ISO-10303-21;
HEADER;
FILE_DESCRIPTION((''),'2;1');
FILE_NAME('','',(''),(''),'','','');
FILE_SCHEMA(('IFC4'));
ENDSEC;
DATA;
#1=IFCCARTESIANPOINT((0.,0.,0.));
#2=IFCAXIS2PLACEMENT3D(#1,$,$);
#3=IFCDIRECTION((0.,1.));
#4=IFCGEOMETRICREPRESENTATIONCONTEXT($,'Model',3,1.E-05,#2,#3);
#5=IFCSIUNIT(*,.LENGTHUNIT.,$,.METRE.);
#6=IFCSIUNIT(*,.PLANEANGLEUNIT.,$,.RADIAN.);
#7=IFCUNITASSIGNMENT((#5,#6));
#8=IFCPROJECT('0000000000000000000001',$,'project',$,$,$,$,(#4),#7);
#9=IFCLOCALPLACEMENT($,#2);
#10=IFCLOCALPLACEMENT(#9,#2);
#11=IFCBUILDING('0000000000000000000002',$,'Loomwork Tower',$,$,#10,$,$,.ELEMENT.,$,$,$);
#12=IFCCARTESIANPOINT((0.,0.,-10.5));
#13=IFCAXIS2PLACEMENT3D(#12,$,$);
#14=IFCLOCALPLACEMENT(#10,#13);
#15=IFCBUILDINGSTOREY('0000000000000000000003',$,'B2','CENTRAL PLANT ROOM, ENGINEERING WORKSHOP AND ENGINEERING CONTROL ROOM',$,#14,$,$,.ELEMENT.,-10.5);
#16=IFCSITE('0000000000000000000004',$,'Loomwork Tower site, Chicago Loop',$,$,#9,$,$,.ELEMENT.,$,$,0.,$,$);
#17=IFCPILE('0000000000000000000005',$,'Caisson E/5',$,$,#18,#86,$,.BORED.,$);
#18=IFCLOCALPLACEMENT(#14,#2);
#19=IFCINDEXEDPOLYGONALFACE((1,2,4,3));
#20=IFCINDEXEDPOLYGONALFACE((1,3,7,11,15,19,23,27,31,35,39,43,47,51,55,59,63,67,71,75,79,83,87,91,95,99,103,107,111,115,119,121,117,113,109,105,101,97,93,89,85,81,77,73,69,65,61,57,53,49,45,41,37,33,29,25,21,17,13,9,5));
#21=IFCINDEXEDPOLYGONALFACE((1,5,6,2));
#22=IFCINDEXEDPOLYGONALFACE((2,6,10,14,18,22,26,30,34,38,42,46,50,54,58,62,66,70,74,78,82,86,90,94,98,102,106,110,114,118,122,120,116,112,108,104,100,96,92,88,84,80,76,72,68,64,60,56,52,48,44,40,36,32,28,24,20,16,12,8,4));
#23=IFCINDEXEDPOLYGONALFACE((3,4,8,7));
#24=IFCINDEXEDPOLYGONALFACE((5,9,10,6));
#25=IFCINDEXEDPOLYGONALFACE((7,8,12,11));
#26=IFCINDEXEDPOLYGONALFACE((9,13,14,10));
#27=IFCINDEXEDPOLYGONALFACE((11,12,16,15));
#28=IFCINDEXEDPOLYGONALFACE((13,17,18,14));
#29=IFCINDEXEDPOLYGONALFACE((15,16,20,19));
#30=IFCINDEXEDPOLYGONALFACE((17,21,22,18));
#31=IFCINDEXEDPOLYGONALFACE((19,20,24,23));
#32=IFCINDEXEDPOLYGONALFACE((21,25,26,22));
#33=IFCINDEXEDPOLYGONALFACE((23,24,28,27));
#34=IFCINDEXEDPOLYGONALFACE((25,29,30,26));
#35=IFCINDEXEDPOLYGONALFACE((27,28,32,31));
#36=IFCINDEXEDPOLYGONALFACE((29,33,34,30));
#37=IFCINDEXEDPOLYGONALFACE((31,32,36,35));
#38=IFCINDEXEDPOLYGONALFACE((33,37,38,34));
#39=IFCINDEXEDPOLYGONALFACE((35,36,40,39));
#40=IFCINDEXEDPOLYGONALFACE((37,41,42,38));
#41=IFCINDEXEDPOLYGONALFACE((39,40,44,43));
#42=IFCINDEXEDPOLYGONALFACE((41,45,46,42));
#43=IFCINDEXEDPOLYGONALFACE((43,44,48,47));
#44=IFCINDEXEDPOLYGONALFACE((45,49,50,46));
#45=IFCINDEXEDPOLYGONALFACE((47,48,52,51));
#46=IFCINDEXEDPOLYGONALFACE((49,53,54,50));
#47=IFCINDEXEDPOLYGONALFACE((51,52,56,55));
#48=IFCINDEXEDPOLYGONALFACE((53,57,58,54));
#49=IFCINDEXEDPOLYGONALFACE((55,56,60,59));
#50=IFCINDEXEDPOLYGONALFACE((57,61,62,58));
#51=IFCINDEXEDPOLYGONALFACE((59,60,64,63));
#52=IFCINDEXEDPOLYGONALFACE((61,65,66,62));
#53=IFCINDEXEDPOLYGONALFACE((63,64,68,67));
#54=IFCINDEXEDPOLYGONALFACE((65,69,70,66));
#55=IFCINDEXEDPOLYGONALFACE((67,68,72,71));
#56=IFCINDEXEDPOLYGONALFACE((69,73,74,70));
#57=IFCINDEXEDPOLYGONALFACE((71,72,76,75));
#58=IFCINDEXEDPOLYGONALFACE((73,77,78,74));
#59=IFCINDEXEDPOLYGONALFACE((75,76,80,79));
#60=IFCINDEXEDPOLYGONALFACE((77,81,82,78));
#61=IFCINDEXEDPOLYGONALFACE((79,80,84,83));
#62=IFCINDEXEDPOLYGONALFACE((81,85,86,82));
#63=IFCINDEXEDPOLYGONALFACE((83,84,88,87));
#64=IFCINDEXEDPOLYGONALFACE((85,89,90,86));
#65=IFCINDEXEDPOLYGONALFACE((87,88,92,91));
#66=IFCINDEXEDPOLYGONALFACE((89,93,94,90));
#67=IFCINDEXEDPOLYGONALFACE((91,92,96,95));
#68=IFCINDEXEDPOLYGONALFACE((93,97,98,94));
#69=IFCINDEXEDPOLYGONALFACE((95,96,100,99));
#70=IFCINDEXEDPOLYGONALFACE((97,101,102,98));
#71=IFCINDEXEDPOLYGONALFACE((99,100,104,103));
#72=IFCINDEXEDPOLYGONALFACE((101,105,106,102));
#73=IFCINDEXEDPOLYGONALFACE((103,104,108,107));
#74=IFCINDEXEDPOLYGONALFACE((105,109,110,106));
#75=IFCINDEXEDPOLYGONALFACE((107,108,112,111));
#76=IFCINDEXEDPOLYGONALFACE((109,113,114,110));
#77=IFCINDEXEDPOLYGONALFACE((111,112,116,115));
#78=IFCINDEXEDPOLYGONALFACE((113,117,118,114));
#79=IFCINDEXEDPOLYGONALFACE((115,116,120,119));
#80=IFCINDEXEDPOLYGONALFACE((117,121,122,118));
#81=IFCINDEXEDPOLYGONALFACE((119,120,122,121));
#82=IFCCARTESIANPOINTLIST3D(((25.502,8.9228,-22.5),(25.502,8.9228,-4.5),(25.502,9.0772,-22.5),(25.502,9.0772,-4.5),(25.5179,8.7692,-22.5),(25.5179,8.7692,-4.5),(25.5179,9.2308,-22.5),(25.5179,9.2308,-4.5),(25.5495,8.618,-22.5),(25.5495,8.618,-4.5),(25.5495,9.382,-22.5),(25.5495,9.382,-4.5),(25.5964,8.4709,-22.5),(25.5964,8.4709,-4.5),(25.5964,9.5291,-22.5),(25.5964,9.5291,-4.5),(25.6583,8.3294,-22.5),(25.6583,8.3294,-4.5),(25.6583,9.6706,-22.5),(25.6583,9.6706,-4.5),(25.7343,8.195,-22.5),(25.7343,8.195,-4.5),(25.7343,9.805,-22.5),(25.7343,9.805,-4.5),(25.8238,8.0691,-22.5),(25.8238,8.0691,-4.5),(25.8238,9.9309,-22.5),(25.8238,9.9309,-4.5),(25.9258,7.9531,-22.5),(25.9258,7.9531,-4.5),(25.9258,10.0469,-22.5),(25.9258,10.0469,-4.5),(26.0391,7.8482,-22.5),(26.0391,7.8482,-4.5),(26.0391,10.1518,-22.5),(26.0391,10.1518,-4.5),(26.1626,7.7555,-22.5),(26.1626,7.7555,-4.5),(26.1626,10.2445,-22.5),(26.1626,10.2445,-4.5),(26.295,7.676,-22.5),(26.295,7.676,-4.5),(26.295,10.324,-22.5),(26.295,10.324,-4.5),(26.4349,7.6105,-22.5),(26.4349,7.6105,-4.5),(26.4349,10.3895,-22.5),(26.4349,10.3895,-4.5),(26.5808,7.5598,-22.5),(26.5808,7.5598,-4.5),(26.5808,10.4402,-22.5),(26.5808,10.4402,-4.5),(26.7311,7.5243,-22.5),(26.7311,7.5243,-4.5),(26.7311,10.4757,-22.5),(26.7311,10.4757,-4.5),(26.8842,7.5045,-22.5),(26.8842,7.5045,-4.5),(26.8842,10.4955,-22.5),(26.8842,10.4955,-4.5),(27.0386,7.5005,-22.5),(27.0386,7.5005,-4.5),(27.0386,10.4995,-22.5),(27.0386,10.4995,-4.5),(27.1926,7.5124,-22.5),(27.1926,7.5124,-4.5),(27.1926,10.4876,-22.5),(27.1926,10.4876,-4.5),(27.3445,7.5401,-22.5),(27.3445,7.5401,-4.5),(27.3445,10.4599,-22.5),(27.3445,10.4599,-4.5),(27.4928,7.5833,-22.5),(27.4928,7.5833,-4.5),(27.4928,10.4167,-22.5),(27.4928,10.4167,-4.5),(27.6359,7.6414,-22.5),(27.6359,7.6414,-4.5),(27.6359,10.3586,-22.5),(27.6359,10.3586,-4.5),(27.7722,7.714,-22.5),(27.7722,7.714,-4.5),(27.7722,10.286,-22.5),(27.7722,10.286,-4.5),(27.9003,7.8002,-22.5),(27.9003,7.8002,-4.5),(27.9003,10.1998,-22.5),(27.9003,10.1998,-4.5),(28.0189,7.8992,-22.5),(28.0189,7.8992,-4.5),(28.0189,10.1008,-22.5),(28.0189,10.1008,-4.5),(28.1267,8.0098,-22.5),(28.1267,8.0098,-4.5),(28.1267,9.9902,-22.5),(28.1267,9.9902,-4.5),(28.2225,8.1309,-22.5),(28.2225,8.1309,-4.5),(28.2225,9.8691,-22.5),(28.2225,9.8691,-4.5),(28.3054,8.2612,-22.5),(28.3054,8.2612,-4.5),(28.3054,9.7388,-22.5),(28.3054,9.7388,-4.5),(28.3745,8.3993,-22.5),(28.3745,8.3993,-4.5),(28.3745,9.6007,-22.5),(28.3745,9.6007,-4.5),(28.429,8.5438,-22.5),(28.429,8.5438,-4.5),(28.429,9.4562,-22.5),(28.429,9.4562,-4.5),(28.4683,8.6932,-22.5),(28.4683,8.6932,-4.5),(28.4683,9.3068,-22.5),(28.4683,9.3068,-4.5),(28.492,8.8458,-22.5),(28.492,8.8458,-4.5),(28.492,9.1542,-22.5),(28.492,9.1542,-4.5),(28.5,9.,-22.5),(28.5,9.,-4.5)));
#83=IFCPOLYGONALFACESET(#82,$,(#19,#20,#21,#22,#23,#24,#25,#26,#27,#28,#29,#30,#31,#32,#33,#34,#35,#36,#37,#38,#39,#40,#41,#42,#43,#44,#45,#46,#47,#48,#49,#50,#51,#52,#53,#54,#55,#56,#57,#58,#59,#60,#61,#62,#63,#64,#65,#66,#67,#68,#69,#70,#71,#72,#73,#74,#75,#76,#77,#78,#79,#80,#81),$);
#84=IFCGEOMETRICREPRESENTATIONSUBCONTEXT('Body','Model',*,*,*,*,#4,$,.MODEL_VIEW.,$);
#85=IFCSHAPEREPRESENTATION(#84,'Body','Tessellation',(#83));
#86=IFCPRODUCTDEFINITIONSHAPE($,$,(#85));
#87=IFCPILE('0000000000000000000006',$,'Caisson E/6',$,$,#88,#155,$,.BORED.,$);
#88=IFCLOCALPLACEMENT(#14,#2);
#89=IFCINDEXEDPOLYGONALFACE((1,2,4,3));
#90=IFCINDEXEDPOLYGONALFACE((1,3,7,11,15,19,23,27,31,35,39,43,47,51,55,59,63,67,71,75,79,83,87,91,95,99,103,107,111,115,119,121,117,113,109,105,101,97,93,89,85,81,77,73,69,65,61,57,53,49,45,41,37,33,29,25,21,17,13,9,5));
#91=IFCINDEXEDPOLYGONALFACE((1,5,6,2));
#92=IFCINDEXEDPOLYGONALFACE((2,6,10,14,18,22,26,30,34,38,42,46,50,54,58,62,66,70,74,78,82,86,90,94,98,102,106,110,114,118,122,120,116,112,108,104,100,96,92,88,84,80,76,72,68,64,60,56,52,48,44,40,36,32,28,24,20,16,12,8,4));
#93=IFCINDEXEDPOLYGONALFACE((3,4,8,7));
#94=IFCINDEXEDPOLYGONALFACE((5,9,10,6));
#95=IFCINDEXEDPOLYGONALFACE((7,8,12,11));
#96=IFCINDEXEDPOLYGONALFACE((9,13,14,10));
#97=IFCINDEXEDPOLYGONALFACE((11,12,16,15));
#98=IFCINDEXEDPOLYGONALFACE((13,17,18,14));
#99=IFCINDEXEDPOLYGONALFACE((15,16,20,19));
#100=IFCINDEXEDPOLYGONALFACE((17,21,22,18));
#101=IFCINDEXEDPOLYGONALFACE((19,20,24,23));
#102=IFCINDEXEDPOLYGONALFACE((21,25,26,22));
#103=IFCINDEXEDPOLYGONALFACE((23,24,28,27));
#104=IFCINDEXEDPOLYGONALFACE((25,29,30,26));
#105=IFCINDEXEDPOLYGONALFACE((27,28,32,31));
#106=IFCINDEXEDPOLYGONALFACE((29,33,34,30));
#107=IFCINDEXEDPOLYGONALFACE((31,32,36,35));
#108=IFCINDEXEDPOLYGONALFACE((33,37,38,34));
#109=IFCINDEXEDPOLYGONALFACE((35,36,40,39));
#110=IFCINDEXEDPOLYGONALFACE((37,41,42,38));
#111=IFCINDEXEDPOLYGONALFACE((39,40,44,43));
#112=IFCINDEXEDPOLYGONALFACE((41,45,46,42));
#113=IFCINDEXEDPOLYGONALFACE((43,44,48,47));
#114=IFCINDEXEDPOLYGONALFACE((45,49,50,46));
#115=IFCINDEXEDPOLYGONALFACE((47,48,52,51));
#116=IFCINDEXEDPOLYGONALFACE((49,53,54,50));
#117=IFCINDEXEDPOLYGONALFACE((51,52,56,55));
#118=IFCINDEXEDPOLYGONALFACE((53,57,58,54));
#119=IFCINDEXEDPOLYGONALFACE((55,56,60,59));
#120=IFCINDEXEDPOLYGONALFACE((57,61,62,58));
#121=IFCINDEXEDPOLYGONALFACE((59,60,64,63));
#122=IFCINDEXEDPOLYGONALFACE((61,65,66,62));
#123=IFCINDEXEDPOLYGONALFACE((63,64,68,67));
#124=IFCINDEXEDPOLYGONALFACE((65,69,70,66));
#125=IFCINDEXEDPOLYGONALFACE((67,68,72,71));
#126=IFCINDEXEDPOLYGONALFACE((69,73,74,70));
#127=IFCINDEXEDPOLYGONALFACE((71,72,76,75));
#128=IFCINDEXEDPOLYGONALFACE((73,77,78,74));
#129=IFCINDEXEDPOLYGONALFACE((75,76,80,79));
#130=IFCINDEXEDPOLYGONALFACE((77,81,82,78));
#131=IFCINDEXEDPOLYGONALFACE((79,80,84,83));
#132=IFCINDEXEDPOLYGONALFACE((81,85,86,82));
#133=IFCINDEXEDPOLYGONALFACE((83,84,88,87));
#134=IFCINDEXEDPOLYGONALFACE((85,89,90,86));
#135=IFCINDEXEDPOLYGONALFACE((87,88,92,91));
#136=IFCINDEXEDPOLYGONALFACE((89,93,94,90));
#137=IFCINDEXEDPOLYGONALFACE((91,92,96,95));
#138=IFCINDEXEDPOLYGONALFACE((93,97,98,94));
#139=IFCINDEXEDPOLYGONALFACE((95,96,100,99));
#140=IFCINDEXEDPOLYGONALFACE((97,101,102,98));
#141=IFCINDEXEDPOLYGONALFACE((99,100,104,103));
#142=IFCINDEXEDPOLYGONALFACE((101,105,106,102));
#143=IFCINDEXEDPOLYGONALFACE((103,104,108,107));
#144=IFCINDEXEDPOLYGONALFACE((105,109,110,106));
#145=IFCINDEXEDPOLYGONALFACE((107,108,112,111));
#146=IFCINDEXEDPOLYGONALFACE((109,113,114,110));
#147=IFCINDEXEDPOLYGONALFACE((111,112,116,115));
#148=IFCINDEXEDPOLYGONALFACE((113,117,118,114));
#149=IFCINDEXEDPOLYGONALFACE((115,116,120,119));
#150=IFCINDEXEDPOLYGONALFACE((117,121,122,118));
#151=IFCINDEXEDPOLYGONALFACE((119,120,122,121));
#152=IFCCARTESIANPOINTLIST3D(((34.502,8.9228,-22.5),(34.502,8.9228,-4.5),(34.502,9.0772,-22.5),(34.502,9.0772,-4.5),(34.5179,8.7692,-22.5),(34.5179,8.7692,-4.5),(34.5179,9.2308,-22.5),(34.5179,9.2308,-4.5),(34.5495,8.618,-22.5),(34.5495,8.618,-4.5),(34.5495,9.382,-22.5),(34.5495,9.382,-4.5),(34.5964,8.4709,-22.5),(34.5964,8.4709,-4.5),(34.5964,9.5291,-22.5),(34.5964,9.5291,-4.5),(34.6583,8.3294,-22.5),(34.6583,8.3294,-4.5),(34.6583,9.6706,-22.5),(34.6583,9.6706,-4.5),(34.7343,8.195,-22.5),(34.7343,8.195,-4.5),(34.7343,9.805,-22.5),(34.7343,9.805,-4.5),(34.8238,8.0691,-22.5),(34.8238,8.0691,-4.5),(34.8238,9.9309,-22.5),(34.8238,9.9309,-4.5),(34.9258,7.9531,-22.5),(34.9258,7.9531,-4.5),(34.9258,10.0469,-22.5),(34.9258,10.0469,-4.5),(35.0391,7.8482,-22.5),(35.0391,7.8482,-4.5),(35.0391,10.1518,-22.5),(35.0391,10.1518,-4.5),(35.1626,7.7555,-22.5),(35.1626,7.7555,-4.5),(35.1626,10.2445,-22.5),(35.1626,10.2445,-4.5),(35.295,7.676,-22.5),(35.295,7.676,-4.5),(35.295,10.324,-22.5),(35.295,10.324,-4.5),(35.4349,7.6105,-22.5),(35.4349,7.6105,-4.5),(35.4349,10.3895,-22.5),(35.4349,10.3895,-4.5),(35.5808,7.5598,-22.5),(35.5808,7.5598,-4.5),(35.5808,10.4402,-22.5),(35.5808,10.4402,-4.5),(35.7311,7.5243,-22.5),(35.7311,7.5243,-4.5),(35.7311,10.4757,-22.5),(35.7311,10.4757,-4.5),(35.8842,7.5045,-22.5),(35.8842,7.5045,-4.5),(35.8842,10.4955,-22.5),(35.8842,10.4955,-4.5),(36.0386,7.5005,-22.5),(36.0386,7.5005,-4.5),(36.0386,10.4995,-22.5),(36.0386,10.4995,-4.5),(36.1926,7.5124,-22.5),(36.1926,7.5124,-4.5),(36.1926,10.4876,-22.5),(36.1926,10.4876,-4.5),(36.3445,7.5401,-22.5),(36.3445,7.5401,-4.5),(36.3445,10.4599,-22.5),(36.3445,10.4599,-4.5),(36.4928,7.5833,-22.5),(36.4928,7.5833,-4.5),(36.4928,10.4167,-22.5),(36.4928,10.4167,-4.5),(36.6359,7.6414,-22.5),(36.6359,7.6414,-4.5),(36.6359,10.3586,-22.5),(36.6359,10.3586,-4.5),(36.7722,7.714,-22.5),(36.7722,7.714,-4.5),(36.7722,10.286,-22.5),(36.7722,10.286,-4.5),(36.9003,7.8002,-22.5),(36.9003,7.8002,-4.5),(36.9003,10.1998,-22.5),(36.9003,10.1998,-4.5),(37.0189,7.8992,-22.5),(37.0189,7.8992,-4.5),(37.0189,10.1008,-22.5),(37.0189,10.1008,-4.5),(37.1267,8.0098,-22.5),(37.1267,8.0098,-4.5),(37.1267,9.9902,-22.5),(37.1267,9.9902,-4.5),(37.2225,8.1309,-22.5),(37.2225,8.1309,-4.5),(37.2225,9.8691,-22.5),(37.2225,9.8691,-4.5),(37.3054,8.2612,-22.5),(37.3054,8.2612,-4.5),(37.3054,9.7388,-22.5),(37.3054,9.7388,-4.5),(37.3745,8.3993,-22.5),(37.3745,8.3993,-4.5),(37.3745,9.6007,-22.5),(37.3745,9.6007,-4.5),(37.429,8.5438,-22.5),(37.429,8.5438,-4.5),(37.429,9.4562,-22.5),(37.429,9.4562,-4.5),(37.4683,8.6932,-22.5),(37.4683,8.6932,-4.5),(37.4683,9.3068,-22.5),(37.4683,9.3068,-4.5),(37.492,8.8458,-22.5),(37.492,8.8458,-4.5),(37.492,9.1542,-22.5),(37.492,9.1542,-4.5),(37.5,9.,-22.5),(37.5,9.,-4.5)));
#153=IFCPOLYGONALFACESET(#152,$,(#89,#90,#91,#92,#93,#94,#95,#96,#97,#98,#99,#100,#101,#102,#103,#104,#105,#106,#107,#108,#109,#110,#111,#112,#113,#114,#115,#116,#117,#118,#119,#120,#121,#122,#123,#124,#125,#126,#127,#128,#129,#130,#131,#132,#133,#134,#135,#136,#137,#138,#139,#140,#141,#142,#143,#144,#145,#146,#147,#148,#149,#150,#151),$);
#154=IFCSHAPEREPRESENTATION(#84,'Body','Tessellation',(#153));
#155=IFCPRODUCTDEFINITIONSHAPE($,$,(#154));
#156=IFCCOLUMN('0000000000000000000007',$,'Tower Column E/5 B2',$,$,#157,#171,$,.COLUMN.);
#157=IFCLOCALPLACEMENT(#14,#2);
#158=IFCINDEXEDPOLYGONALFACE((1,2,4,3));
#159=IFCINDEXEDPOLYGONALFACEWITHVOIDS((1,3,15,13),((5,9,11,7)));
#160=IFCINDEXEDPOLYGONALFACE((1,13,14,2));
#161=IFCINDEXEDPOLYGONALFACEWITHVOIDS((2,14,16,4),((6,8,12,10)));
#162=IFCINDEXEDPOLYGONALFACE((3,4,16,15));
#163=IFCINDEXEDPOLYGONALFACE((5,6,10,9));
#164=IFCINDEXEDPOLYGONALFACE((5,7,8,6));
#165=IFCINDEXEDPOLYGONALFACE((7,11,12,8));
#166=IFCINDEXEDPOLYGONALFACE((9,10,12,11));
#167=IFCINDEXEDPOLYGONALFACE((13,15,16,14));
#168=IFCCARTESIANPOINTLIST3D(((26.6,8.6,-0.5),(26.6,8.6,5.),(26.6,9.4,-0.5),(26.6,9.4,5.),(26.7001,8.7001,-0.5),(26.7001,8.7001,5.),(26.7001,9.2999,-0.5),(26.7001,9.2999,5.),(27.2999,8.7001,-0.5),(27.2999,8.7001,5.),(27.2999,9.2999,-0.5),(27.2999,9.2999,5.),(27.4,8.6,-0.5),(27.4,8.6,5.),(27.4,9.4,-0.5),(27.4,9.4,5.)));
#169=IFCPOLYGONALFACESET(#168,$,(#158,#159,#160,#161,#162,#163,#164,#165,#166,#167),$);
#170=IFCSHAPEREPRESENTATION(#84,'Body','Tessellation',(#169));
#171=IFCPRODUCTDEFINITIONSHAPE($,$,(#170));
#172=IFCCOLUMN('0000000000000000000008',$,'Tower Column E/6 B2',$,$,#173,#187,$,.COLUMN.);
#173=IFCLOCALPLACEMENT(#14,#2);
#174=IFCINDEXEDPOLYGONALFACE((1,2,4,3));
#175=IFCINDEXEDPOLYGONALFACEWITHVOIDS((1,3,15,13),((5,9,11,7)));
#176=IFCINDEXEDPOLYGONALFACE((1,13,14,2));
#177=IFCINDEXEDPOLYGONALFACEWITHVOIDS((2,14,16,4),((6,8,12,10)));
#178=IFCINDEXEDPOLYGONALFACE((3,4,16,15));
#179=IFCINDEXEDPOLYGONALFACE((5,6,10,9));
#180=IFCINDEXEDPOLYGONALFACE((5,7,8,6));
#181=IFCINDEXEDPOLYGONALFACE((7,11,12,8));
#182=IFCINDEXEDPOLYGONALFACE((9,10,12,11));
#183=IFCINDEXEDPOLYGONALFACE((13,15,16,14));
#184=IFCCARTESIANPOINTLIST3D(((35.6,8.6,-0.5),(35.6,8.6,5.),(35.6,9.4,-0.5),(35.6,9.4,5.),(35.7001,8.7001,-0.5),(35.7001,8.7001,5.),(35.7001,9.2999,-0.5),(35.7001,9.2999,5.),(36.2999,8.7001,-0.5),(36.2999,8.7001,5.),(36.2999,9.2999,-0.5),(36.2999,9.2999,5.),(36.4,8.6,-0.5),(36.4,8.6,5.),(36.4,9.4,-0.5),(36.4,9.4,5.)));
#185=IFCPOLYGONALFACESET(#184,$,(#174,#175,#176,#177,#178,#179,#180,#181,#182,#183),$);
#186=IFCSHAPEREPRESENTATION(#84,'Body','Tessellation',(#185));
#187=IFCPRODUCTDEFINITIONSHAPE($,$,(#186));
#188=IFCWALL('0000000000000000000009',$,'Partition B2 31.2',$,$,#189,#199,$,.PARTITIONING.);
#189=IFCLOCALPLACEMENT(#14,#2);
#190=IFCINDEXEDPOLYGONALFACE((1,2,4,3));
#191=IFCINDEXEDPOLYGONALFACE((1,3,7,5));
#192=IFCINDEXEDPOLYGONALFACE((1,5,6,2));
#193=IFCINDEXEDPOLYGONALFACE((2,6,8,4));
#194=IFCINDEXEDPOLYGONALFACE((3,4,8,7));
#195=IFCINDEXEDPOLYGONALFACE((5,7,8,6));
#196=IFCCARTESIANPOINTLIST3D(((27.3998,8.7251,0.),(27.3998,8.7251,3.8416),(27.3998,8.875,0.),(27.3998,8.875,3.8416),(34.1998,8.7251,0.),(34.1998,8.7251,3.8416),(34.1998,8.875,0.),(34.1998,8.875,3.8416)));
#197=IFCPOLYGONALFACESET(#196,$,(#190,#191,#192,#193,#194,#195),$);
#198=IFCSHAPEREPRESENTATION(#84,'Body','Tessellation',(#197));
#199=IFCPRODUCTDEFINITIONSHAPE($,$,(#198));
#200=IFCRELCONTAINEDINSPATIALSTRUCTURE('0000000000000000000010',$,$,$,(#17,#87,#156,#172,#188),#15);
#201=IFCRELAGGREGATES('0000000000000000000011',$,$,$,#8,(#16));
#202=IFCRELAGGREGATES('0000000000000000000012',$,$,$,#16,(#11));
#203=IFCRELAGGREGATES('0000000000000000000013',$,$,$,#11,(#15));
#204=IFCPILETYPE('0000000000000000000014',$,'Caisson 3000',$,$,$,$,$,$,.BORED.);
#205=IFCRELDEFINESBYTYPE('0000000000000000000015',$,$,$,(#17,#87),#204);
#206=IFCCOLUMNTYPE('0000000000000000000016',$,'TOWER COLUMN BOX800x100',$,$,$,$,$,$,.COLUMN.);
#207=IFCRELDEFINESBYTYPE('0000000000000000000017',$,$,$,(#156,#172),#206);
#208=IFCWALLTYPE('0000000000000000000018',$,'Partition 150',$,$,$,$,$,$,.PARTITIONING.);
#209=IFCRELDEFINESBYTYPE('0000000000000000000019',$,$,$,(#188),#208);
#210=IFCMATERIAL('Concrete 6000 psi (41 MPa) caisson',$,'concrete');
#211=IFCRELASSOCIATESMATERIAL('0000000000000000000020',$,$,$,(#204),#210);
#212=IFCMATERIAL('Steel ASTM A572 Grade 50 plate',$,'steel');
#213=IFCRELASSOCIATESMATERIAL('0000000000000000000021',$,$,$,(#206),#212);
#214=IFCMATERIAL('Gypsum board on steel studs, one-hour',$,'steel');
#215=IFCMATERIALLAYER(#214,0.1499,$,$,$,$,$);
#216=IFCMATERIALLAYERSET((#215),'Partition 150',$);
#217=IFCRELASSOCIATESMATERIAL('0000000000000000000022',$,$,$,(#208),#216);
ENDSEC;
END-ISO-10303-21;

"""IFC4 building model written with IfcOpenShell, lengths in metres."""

from ifc_helpers import new_model, si_unit, direction, frame, frame_2d, origin, origin_2d, place, context, subcontext, project, spatial, rectangle, hollow_rectangle, circle, extrude, material, layer, layer_set, material_profile, profile_set, type_object, element, save


model = new_model("IFC4")

# Units and contexts
model_context = context("Model", 3, precision=1e-05, world=origin(), true_north=direction((0.0, 1.0)))
body_context = subcontext(model_context, "Body", "Model", "MODEL_VIEW")
ifc_project = project(units=[si_unit("LENGTHUNIT", "METRE"), si_unit("PLANEANGLEUNIT", "RADIAN")], contexts=[model_context])

# Site, building, storey
site_placement = place(None, origin())
site = spatial("IfcSite", under=ifc_project, at=site_placement, Name="Loomwork Tower site, Chicago Loop", CompositionType="ELEMENT", RefElevation=0.0)
building_placement = place(site_placement, origin())
building = spatial("IfcBuilding", under=site, at=building_placement, Name="Loomwork Tower", CompositionType="ELEMENT")
storey_placement = place(building_placement, frame((0.0, 0.0, -10.5)))
storey = spatial("IfcBuildingStorey", under=building, at=storey_placement, Name="B2", Description="CENTRAL PLANT ROOM, ENGINEERING WORKSHOP AND ENGINEERING CONTROL ROOM", CompositionType="ELEMENT", Elevation=-10.5)

# Piles
ifc_material_1 = material(Name="Concrete 6000 psi (41 MPa) caisson", Category="concrete")
ifc_material_profile_1 = material_profile(ifc_material_1, circle(Radius=1.5, at=origin_2d()), Name="D3000")
ifc_profile_set_1 = profile_set([ifc_material_profile_1], Name="Concrete 6000 psi (41 MPa) caisson")
pile_type = type_object("IfcPileType", Name="Caisson 3000", PredefinedType="BORED", material=ifc_profile_set_1)
for number, where, z_axis, x_axis, name in (
    (1, (27.0, 9.0, -4.5), (0.0, 0.0, -1.0), (1.0, 0.0, 0.0), "Caisson E/5"),
    (2, (36.0, 9.0, -4.5), (0.0, 0.0, -1.0), (1.0, 0.0, 0.0), "Caisson E/6"),
):
    element("IfcPile", number, at=place(storey_placement, frame(where, z_axis=z_axis, x_axis=x_axis)), inside=storey, type_object=pile_type, Name=name, PredefinedType="BORED", context=body_context, shape_type="SweptSolid", body=[
        extrude(circle(Radius=1.5, at=origin_2d()), origin(), (0.0, 0.0, 1.0), 18.0),
    ])

# Columns
ifc_material_2 = material(Name="Steel ASTM A572 Grade 50 plate", Category="steel")
ifc_material_profile_2 = material_profile(ifc_material_2, hollow_rectangle(XDim=0.8, YDim=0.8, WallThickness=0.1001, at=origin_2d()), Name="BOX800x100")
ifc_profile_set_2 = profile_set([ifc_material_profile_2], Name="Steel ASTM A572 Grade 50 plate")
column_type = type_object("IfcColumnType", Name="TOWER COLUMN BOX800x100", PredefinedType="COLUMN", material=ifc_profile_set_2)
for number, where, z_axis, x_axis, name in (
    (3, (27.0, 9.0, -0.5), (0.0, 0.0, 1.0), (1.0, 0.0, 0.0), "Tower Column E/5 B2"),
    (4, (36.0, 9.0, -0.5), (0.0, 0.0, 1.0), (0.0, 1.0, 0.0), "Tower Column E/6 B2"),
):
    element("IfcColumn", number, at=place(storey_placement, frame(where, z_axis=z_axis, x_axis=x_axis)), inside=storey, type_object=column_type, Name=name, PredefinedType="COLUMN", context=body_context, shape_type="SweptSolid", body=[
        extrude(hollow_rectangle(XDim=0.8, YDim=0.8, WallThickness=0.1001, at=origin_2d()), origin(), (0.0, 0.0, 1.0), 5.5),
    ])

# Wall
ifc_material_3 = material(Name="Gypsum board on steel studs, one-hour", Category="steel")
ifc_layer_1 = layer(ifc_material_3, 0.1499)
ifc_layer_set_1 = layer_set([ifc_layer_1], Name="Partition 150")
wall_type_1 = type_object("IfcWallType", Name="Partition 150", PredefinedType="PARTITIONING", material=ifc_layer_set_1)
wall_1_placement = place(storey_placement, frame((27.3999, 8.8, 0.0), z_axis=(0.0, 0.0, 1.0), x_axis=(1.0, 0.0, 0.0)))
element("IfcWall", 5, at=wall_1_placement, inside=storey, type_object=wall_type_1, Name="Partition B2 31.2", PredefinedType="PARTITIONING", context=body_context, shape_type="SweptSolid", body=[
    extrude(rectangle(XDim=6.8, YDim=0.1499, at=frame_2d((3.3999, 0.0))), origin(), (0.0, 0.0, 1.0), 3.8416),
])

save(model, "model.ifc")
